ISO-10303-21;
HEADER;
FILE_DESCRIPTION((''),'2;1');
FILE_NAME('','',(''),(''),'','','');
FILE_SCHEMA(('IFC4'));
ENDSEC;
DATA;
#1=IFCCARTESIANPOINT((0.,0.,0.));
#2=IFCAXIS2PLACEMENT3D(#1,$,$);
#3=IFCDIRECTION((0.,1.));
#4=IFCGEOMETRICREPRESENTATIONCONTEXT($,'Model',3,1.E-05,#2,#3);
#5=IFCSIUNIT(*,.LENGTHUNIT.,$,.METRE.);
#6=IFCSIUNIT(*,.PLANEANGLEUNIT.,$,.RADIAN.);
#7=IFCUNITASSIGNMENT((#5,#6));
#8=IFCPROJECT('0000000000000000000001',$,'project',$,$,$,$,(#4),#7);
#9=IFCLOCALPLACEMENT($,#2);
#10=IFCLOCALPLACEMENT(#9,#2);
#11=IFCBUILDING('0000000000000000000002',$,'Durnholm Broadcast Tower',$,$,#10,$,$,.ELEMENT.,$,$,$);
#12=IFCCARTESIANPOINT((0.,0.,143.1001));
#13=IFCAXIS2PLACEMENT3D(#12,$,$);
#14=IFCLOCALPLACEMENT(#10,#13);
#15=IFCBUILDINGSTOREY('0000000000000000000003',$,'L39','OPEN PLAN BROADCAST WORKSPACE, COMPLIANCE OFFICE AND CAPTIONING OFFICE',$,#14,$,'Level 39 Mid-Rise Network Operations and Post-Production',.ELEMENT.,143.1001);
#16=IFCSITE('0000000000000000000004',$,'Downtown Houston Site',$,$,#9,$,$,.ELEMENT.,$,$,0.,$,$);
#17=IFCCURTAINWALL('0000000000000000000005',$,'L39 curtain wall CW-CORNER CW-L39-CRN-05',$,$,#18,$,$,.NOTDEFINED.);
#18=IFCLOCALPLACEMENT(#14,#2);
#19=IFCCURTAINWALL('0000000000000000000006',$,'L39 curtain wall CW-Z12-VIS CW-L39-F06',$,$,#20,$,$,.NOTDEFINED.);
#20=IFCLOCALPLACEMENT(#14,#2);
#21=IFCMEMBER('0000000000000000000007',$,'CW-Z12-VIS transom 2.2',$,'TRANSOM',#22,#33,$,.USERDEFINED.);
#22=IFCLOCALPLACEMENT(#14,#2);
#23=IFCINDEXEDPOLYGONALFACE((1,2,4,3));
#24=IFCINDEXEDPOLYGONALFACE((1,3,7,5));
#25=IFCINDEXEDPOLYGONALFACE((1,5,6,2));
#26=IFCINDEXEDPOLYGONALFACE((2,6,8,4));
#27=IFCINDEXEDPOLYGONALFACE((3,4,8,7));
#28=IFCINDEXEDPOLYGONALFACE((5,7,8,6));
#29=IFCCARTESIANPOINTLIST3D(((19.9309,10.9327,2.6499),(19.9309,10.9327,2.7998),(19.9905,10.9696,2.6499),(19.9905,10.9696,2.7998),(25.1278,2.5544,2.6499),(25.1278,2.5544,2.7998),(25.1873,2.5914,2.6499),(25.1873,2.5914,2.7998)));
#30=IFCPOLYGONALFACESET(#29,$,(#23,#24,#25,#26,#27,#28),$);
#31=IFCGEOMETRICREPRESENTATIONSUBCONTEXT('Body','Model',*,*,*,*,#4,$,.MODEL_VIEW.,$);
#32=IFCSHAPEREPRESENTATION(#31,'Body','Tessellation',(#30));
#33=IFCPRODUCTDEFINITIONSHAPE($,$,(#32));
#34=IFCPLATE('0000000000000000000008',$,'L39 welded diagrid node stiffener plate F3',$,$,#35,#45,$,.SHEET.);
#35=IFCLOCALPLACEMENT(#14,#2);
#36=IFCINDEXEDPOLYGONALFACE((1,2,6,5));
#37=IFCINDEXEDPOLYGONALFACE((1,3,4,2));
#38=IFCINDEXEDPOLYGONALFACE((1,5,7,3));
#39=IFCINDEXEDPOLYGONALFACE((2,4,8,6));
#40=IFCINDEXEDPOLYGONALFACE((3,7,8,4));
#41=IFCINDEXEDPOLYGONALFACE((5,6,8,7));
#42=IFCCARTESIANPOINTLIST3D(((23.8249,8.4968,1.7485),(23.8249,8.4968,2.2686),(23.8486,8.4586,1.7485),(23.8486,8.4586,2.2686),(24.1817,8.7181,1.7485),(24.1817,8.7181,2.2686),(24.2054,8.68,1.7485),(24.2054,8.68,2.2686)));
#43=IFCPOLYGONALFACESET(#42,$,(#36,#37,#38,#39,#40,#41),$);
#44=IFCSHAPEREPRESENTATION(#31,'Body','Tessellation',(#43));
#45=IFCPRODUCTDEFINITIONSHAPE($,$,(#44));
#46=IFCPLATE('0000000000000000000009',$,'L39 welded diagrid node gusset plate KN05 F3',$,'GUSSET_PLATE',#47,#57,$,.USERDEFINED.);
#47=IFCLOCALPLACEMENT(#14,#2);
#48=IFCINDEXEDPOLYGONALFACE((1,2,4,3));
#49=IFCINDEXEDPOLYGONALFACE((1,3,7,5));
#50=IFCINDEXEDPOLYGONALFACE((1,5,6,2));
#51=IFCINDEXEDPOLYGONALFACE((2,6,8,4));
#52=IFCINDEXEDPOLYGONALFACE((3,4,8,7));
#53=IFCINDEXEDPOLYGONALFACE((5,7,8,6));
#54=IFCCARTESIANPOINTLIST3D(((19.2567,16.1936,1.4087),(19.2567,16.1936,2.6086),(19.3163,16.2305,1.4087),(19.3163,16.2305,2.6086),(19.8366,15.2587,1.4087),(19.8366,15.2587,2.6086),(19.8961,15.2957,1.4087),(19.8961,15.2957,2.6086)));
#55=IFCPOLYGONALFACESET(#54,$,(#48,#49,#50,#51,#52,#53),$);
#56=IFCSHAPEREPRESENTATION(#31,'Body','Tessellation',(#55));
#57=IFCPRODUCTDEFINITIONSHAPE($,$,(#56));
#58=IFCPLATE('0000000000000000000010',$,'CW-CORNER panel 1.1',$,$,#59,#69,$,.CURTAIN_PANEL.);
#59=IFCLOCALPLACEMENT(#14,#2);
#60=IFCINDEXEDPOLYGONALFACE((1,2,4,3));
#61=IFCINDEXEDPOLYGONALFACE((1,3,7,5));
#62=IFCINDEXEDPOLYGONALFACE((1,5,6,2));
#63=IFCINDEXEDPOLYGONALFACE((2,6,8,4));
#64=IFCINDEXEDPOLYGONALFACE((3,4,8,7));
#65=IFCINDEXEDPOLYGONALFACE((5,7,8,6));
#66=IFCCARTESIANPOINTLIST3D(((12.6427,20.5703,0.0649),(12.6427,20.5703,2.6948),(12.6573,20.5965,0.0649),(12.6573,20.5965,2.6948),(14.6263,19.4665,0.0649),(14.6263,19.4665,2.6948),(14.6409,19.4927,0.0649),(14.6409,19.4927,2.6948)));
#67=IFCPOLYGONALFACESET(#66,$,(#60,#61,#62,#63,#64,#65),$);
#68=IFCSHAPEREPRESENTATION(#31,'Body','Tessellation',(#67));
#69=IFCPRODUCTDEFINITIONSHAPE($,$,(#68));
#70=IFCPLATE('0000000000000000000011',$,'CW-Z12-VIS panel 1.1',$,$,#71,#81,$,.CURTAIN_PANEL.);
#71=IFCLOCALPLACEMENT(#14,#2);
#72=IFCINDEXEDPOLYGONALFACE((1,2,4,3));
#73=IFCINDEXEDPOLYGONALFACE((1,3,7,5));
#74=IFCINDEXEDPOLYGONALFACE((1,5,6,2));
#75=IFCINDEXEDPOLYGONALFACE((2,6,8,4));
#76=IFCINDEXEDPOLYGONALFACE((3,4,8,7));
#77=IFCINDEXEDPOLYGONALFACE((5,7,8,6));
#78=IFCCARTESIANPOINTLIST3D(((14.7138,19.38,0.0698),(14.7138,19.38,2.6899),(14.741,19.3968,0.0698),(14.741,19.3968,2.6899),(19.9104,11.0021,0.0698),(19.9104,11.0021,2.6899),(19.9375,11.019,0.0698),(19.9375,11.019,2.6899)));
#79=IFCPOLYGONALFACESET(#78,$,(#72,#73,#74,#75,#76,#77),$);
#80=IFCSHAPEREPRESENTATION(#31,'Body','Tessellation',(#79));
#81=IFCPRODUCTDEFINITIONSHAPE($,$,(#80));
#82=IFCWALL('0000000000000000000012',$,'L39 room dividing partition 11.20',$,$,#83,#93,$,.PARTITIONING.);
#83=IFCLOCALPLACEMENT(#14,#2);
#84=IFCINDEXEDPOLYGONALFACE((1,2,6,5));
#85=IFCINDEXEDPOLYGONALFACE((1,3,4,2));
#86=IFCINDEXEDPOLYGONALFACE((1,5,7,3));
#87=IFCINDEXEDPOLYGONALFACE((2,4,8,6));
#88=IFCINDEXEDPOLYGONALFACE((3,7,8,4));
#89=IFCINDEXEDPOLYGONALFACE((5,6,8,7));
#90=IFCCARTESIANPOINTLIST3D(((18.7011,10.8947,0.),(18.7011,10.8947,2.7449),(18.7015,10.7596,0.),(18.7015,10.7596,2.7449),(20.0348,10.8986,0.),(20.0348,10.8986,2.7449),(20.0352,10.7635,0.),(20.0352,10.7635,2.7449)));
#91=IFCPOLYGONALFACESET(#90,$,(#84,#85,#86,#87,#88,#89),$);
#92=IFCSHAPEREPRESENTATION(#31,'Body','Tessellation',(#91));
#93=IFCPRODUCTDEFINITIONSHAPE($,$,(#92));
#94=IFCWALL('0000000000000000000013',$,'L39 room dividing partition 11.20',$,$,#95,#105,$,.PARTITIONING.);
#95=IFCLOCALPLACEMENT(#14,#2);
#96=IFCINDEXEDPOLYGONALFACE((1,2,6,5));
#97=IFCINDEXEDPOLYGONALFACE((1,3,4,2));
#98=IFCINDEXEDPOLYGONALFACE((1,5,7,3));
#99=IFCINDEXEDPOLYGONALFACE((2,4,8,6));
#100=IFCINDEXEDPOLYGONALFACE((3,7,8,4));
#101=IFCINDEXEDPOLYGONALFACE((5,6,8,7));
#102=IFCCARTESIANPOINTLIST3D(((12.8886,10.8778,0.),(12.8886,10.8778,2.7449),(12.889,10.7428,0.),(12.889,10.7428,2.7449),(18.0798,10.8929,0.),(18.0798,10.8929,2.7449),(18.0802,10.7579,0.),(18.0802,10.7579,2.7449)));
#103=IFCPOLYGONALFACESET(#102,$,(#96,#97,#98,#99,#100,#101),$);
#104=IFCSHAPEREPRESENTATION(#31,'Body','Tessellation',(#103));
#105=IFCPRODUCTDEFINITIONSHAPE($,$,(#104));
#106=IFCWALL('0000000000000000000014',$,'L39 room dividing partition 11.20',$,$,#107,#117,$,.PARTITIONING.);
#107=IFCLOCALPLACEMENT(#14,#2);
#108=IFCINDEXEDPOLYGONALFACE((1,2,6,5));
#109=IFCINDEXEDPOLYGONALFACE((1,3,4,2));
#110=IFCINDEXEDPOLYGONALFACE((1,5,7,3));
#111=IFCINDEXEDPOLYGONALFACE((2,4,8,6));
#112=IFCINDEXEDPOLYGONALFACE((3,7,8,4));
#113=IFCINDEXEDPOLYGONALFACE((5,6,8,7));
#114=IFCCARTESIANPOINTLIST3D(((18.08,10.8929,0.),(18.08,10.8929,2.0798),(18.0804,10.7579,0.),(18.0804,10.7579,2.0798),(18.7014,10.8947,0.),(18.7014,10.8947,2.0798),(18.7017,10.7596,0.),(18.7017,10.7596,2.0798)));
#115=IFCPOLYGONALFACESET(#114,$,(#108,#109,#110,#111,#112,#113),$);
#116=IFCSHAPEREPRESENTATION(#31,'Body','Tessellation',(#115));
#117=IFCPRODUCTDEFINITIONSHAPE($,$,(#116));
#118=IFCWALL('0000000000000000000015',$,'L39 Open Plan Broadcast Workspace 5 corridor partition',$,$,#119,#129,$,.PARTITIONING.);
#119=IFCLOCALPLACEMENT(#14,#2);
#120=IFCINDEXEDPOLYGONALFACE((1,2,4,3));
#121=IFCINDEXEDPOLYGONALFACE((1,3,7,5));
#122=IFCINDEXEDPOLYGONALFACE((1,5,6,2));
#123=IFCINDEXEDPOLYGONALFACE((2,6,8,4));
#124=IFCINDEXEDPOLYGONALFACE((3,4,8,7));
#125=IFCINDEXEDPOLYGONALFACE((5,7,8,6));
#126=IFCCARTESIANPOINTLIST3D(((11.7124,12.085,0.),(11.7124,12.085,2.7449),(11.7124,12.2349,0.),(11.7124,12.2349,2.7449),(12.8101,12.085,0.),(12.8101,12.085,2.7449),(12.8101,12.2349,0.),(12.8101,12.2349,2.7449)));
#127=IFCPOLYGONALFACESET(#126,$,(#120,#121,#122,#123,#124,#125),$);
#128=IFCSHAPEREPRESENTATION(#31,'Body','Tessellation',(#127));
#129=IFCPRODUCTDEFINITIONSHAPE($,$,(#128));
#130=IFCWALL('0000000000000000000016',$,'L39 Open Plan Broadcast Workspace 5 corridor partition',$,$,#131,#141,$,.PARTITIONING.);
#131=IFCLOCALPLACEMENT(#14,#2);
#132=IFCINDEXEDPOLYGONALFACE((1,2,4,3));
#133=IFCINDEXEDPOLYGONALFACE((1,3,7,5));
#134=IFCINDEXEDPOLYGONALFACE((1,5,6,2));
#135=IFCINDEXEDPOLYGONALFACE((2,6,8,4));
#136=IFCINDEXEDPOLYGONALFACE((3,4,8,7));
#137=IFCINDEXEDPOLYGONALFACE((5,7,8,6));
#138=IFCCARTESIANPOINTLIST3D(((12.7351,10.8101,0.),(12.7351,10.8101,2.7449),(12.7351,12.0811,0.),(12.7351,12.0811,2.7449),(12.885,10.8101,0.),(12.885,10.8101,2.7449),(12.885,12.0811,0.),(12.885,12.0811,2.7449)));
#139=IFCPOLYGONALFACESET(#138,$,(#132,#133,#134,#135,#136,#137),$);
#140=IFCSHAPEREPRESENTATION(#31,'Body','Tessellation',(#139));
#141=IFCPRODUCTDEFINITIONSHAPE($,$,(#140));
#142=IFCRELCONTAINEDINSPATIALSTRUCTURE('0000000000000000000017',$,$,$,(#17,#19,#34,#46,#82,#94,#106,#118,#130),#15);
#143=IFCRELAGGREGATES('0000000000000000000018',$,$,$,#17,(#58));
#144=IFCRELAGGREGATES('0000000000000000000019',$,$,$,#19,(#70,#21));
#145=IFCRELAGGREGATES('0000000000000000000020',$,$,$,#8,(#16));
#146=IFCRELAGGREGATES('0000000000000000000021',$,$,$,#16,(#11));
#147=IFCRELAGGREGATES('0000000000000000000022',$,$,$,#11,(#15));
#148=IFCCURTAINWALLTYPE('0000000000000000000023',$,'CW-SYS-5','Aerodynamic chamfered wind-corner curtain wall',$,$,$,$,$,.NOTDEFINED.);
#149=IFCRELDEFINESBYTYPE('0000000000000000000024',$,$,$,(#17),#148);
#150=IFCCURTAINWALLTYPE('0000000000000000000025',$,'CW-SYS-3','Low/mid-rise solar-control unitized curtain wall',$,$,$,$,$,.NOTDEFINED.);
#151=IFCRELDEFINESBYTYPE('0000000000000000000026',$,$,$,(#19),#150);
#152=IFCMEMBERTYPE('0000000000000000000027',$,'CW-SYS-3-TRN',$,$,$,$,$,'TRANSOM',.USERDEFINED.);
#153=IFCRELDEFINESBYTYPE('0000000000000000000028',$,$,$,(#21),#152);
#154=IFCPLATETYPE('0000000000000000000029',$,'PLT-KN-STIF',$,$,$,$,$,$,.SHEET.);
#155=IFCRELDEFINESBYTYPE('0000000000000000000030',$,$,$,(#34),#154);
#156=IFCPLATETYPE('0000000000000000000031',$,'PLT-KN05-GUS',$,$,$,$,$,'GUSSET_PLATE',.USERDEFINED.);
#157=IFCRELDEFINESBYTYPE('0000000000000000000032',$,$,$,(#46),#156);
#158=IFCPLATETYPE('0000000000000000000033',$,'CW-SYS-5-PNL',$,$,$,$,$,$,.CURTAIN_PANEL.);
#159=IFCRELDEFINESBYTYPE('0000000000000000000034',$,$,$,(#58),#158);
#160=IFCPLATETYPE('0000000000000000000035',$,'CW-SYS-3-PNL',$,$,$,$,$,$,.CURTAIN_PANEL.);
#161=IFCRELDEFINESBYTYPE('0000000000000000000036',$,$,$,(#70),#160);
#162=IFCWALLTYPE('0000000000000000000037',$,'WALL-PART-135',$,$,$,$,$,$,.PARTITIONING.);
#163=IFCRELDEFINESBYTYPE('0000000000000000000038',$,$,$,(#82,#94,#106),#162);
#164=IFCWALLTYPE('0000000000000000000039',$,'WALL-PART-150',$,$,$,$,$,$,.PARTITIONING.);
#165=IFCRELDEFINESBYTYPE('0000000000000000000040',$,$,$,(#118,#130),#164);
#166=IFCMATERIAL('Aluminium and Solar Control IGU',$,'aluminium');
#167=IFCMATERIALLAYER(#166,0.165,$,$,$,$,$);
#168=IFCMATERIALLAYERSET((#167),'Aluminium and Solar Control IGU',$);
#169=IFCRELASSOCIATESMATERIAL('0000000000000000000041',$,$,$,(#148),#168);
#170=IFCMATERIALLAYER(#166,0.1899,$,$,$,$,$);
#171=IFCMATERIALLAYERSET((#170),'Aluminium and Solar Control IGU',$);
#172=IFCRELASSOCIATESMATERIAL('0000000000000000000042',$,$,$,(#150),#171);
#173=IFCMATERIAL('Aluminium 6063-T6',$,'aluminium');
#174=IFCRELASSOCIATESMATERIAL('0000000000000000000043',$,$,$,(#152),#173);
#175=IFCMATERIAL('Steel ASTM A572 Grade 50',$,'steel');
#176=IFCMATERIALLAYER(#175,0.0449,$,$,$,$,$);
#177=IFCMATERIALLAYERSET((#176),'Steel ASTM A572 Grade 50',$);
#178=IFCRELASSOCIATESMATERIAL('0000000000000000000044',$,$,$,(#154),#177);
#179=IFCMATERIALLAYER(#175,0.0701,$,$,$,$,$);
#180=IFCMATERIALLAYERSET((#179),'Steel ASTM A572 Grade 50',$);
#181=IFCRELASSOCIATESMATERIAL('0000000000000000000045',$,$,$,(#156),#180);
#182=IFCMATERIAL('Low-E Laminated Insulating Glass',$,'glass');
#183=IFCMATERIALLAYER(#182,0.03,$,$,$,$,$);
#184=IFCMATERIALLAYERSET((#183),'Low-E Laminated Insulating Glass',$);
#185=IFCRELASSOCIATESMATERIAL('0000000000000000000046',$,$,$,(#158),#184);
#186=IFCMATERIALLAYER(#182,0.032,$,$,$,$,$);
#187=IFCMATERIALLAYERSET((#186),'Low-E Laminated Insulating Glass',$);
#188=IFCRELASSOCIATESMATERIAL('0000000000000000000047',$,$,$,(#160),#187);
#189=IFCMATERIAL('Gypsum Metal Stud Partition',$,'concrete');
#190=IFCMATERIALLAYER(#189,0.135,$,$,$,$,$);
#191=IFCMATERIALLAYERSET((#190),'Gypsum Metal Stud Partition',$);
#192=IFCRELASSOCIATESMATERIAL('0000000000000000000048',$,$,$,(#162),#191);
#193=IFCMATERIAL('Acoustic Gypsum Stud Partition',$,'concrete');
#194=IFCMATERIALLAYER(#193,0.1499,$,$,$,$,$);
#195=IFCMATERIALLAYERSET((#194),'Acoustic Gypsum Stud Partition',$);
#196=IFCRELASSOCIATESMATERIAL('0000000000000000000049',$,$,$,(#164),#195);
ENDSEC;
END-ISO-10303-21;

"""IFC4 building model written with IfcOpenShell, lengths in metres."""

from ifc_helpers import new_model, si_unit, direction, frame, frame_2d, origin, origin_2d, place, context, subcontext, project, spatial, rectangle, extrude, source, transform, mapped, material, layer, layer_set, material_profile, profile_set, type_object, type_shapes, element, aggregate, save


model = new_model("IFC4")

# Units and contexts
model_context = context("Model", 3, precision=1e-05, world=origin(), true_north=direction((0.0, 1.0)))
body_context = subcontext(model_context, "Body", "Model", "MODEL_VIEW")
ifc_project = project(units=[si_unit("LENGTHUNIT", "METRE"), si_unit("PLANEANGLEUNIT", "RADIAN")], contexts=[model_context])

# Site, building, storey
site_placement = place(None, origin())
site = spatial("IfcSite", under=ifc_project, at=site_placement, Name="Downtown Houston Site", CompositionType="ELEMENT", RefElevation=0.0)
building_placement = place(site_placement, origin())
building = spatial("IfcBuilding", under=site, at=building_placement, Name="Durnholm Broadcast Tower", CompositionType="ELEMENT")
storey_placement = place(building_placement, frame((0.0, 0.0, 143.1001)))
storey = spatial("IfcBuildingStorey", under=building, at=storey_placement, Name="L39", Description="OPEN PLAN BROADCAST WORKSPACE, COMPLIANCE OFFICE AND CAPTIONING OFFICE", LongName="Level 39 Mid-Rise Network Operations and Post-Production", CompositionType="ELEMENT", Elevation=143.1001)

# Curtain wall
ifc_material_1 = material(Name="Aluminium and Solar Control IGU", Category="aluminium")
ifc_layer_1 = layer(ifc_material_1, 0.165)
ifc_layer_set_1 = layer_set([ifc_layer_1], Name="Aluminium and Solar Control IGU")
curtain_wall_type_1 = type_object("IfcCurtainWallType", Name="CW-SYS-5", Description="Aerodynamic chamfered wind-corner curtain wall", PredefinedType="NOTDEFINED", material=ifc_layer_set_1)
curtain_wall_1_placement = place(storey_placement, origin())
curtain_wall_1 = element("IfcCurtainWall", 1, at=curtain_wall_1_placement, inside=storey, type_object=curtain_wall_type_1, Name="L39 curtain wall CW-CORNER CW-L39-CRN-05", PredefinedType="NOTDEFINED")
ifc_material_2 = material(Name="Aluminium 6063-T6", Category="aluminium")

# Curtain wall, member
ifc_layer_2 = layer(ifc_material_1, 0.1899)
ifc_layer_set_2 = layer_set([ifc_layer_2], Name="Aluminium and Solar Control IGU")
curtain_wall_type_2 = type_object("IfcCurtainWallType", Name="CW-SYS-3", Description="Low/mid-rise solar-control unitized curtain wall", PredefinedType="NOTDEFINED", material=ifc_layer_set_2)
curtain_wall_2_placement = place(storey_placement, origin())
curtain_wall_2 = element("IfcCurtainWall", 2, at=curtain_wall_2_placement, inside=storey, type_object=curtain_wall_type_2, Name="L39 curtain wall CW-Z12-VIS CW-L39-F06", PredefinedType="NOTDEFINED")
ifc_material_profile_1 = material_profile(ifc_material_2, rectangle(XDim=0.0701, YDim=0.1499, at=origin_2d()), Name="CWT70X150")
ifc_profile_set_1 = profile_set([ifc_material_profile_1], Name="Aluminium 6063-T6")
member_type_1 = type_object("IfcMemberType", Name="CW-SYS-3-TRN", ElementType="TRANSOM", PredefinedType="USERDEFINED", material=ifc_profile_set_1)
shared_shape_1 = source(origin(), body_context, "Body", "SweptSolid", [
    extrude(rectangle(XDim=0.0701, YDim=0.1499, at=origin_2d()), origin(), (0.0, 0.0, 1.0), 9.8591),
])
member_1_placement = place(storey_placement, frame((19.9607, 10.9512, 2.7249), z_axis=(0.527109, -0.849798, 0.0), x_axis=(0.849798, 0.527109, 0.0)))
member_1 = element("IfcMember", 3, at=member_1_placement, type_object=member_type_1, Name="CW-Z12-VIS transom 2.2", ObjectType="TRANSOM", PredefinedType="USERDEFINED", context=body_context, shape_type="MappedRepresentation", body=[
    mapped(shared_shape_1, transform((0.0, 0.0, 0.0), x_axis=(1.0, 0.0, 0.0), y_axis=(0.0, 1.0, 0.0), z_axis=(0.0, 0.0, 1.0), scale=1.0)),
])

# Plates
ifc_material_3 = material(Name="Steel ASTM A572 Grade 50", Category="steel")
ifc_layer_3 = layer(ifc_material_3, 0.0449)
ifc_layer_set_3 = layer_set([ifc_layer_3], Name="Steel ASTM A572 Grade 50")
plate_type_1 = type_object("IfcPlateType", Name="PLT-KN-STIF", PredefinedType="SHEET", material=ifc_layer_set_3)
shared_shape_2 = source(origin(), body_context, "Body", "SweptSolid", [
    extrude(rectangle(XDim=0.0449, YDim=0.4199, at=origin_2d()), origin(), (0.0, 0.0, 1.0), 0.52),
])
type_shapes(plate_type_1, [shared_shape_2])
plate_1_placement = place(storey_placement, frame((24.0151, 8.5884, 1.7485), z_axis=(0.0, 0.0, 1.0), x_axis=(-0.527104, 0.849801, 0.0)))
element("IfcPlate", 4, at=plate_1_placement, inside=storey, type_object=plate_type_1, Name="L39 welded diagrid node stiffener plate F3", PredefinedType="SHEET", context=body_context, shape_type="MappedRepresentation", body=[
    mapped(shared_shape_2, transform((0.0, 0.0, 0.0), x_axis=(1.0, 0.0, 0.0), y_axis=(0.0, 1.0, 0.0), z_axis=(0.0, 0.0, 1.0), scale=1.0)),
])
ifc_layer_4 = layer(ifc_material_3, 0.0701)
ifc_layer_set_4 = layer_set([ifc_layer_4], Name="Steel ASTM A572 Grade 50")
plate_type_2 = type_object("IfcPlateType", Name="PLT-KN05-GUS", ElementType="GUSSET_PLATE", PredefinedType="USERDEFINED", material=ifc_layer_set_4)
shared_shape_3 = source(origin(), body_context, "Body", "SweptSolid", [
    extrude(rectangle(XDim=1.1001, YDim=0.0701, at=origin_2d()), origin(), (0.0, 0.0, 1.0), 1.2),
])
type_shapes(plate_type_2, [shared_shape_3])
plate_2_placement = place(storey_placement, frame((19.5764, 15.7446, 1.4087), z_axis=(0.0, 0.0, 1.0), x_axis=(-0.527104, 0.849801, 0.0)))
element("IfcPlate", 5, at=plate_2_placement, inside=storey, type_object=plate_type_2, Name="L39 welded diagrid node gusset plate KN05 F3", ObjectType="GUSSET_PLATE", PredefinedType="USERDEFINED", context=body_context, shape_type="MappedRepresentation", body=[
    mapped(shared_shape_3, transform((0.0, 0.0, 0.0), x_axis=(1.0, 0.0, 0.0), y_axis=(0.0, 1.0, 0.0), z_axis=(0.0, 0.0, 1.0), scale=1.0)),
])

# Plates
ifc_material_4 = material(Name="Low-E Laminated Insulating Glass", Category="glass")
ifc_layer_5 = layer(ifc_material_4, 0.03)
ifc_layer_set_5 = layer_set([ifc_layer_5], Name="Low-E Laminated Insulating Glass")
plate_type_3 = type_object("IfcPlateType", Name="CW-SYS-5-PNL", PredefinedType="CURTAIN_PANEL", material=ifc_layer_set_5)
shared_shape_4 = source(origin(), body_context, "Body", "SweptSolid", [
    extrude(rectangle(XDim=2.27, YDim=0.03, at=origin_2d()), origin(), (0.0, 0.0, 1.0), 2.6299),
])
type_shapes(plate_type_3, [shared_shape_4])
plate_3_placement = place(storey_placement, frame((13.6418, 20.0315, 0.0649), z_axis=(0.0, 0.0, 1.0), x_axis=(0.873823, -0.486244, 0.0)))
plate_3 = element("IfcPlate", 6, at=plate_3_placement, type_object=plate_type_3, Name="CW-CORNER panel 1.1", PredefinedType="CURTAIN_PANEL", context=body_context, shape_type="MappedRepresentation", body=[
    mapped(shared_shape_4, transform((0.0, 0.0, 0.0), x_axis=(1.0, 0.0, 0.0), y_axis=(0.0, 1.0, 0.0), z_axis=(0.0, 0.0, 1.0), scale=1.0)),
])
aggregate(curtain_wall_1, [plate_3])
ifc_layer_6 = layer(ifc_material_4, 0.032)
ifc_layer_set_6 = layer_set([ifc_layer_6], Name="Low-E Laminated Insulating Glass")
plate_type_4 = type_object("IfcPlateType", Name="CW-SYS-3-PNL", PredefinedType="CURTAIN_PANEL", material=ifc_layer_set_6)
shared_shape_5 = source(origin(), body_context, "Body", "SweptSolid", [
    extrude(rectangle(XDim=9.8586, YDim=0.032, at=origin_2d()), origin(), (0.0, 0.0, 1.0), 2.6201),
])
type_shapes(plate_type_4, [shared_shape_5])
plate_4_placement = place(storey_placement, frame((17.3257, 15.1995, 0.0698), z_axis=(0.0, 0.0, 1.0), x_axis=(0.527105, -0.8498, 0.0)))
plate_4 = element("IfcPlate", 7, at=plate_4_placement, type_object=plate_type_4, Name="CW-Z12-VIS panel 1.1", PredefinedType="CURTAIN_PANEL", context=body_context, shape_type="MappedRepresentation", body=[
    mapped(shared_shape_5, transform((0.0, 0.0, 0.0), x_axis=(1.0, 0.0, 0.0), y_axis=(0.0, 1.0, 0.0), z_axis=(0.0, 0.0, 1.0), scale=1.0)),
])
aggregate(curtain_wall_2, [plate_4, member_1])

# Walls
ifc_material_5 = material(Name="Gypsum Metal Stud Partition", Category="concrete")
ifc_layer_7 = layer(ifc_material_5, 0.135)
ifc_layer_set_7 = layer_set([ifc_layer_7], Name="Gypsum Metal Stud Partition")
wall_type_1 = type_object("IfcWallType", Name="WALL-PART-135", PredefinedType="PARTITIONING", material=ifc_layer_set_7)
wall_1_placement = place(storey_placement, frame((20.0352, 10.8311, 0.0), z_axis=(0.0, 0.0, 1.0), x_axis=(-0.999996, -0.002929, 0.0)))
element("IfcWall", 8, at=wall_1_placement, inside=storey, type_object=wall_type_1, Name="L39 room dividing partition 11.20", PredefinedType="PARTITIONING", context=body_context, shape_type="SweptSolid", body=[
    extrude(rectangle(XDim=1.3337, YDim=0.135, at=frame_2d((0.667, 0.0))), origin(), (0.0, 0.0, 1.0), 2.7449),
])
wall_2_placement = place(storey_placement, frame((18.0801, 10.8254, 0.0), z_axis=(0.0, 0.0, 1.0), x_axis=(-0.999996, -0.002916, 0.0)))
element("IfcWall", 9, at=wall_2_placement, inside=storey, type_object=wall_type_1, Name="L39 room dividing partition 11.20", PredefinedType="PARTITIONING", context=body_context, shape_type="SweptSolid", body=[
    extrude(rectangle(XDim=5.1912, YDim=0.135, at=frame_2d((2.5957, 0.0))), origin(), (0.0, 0.0, 1.0), 2.7449),
])
wall_3_placement = place(storey_placement, frame((18.7014, 10.8271, 0.0), z_axis=(0.0, 0.0, 1.0), x_axis=(-0.999996, -0.00275, 0.0)))
element("IfcWall", 10, at=wall_3_placement, inside=storey, type_object=wall_type_1, Name="L39 room dividing partition 11.20", PredefinedType="PARTITIONING", context=body_context, shape_type="SweptSolid", body=[
    extrude(rectangle(XDim=0.6213, YDim=0.135, at=frame_2d((0.3105, 0.0))), origin(), (0.0, 0.0, 1.0), 2.0798),
])
ifc_material_6 = material(Name="Acoustic Gypsum Stud Partition", Category="concrete")
ifc_layer_8 = layer(ifc_material_6, 0.1499)
ifc_layer_set_8 = layer_set([ifc_layer_8], Name="Acoustic Gypsum Stud Partition")
wall_type_2 = type_object("IfcWallType", Name="WALL-PART-150", PredefinedType="PARTITIONING", material=ifc_layer_set_8)
wall_4_placement = place(storey_placement, frame((12.8101, 12.1599, 0.0), z_axis=(0.0, 0.0, 1.0), x_axis=(-1.0, 0.0, 0.0)))
element("IfcWall", 11, at=wall_4_placement, inside=storey, type_object=wall_type_2, Name="L39 Open Plan Broadcast Workspace 5 corridor partition", PredefinedType="PARTITIONING", context=body_context, shape_type="SweptSolid", body=[
    extrude(rectangle(XDim=1.0977, YDim=0.1499, at=frame_2d((0.5488, 0.0))), origin(), (0.0, 0.0, 1.0), 2.7449),
])
wall_5_placement = place(storey_placement, frame((12.8101, 10.8101, 0.0), z_axis=(0.0, 0.0, 1.0), x_axis=(0.0, 1.0, 0.0)))
element("IfcWall", 12, at=wall_5_placement, inside=storey, type_object=wall_type_2, Name="L39 Open Plan Broadcast Workspace 5 corridor partition", PredefinedType="PARTITIONING", context=body_context, shape_type="SweptSolid", body=[
    extrude(rectangle(XDim=1.271, YDim=0.1499, at=frame_2d((0.6355, 0.0))), origin(), (0.0, 0.0, 1.0), 2.7449),
])

save(model, "model.ifc")
